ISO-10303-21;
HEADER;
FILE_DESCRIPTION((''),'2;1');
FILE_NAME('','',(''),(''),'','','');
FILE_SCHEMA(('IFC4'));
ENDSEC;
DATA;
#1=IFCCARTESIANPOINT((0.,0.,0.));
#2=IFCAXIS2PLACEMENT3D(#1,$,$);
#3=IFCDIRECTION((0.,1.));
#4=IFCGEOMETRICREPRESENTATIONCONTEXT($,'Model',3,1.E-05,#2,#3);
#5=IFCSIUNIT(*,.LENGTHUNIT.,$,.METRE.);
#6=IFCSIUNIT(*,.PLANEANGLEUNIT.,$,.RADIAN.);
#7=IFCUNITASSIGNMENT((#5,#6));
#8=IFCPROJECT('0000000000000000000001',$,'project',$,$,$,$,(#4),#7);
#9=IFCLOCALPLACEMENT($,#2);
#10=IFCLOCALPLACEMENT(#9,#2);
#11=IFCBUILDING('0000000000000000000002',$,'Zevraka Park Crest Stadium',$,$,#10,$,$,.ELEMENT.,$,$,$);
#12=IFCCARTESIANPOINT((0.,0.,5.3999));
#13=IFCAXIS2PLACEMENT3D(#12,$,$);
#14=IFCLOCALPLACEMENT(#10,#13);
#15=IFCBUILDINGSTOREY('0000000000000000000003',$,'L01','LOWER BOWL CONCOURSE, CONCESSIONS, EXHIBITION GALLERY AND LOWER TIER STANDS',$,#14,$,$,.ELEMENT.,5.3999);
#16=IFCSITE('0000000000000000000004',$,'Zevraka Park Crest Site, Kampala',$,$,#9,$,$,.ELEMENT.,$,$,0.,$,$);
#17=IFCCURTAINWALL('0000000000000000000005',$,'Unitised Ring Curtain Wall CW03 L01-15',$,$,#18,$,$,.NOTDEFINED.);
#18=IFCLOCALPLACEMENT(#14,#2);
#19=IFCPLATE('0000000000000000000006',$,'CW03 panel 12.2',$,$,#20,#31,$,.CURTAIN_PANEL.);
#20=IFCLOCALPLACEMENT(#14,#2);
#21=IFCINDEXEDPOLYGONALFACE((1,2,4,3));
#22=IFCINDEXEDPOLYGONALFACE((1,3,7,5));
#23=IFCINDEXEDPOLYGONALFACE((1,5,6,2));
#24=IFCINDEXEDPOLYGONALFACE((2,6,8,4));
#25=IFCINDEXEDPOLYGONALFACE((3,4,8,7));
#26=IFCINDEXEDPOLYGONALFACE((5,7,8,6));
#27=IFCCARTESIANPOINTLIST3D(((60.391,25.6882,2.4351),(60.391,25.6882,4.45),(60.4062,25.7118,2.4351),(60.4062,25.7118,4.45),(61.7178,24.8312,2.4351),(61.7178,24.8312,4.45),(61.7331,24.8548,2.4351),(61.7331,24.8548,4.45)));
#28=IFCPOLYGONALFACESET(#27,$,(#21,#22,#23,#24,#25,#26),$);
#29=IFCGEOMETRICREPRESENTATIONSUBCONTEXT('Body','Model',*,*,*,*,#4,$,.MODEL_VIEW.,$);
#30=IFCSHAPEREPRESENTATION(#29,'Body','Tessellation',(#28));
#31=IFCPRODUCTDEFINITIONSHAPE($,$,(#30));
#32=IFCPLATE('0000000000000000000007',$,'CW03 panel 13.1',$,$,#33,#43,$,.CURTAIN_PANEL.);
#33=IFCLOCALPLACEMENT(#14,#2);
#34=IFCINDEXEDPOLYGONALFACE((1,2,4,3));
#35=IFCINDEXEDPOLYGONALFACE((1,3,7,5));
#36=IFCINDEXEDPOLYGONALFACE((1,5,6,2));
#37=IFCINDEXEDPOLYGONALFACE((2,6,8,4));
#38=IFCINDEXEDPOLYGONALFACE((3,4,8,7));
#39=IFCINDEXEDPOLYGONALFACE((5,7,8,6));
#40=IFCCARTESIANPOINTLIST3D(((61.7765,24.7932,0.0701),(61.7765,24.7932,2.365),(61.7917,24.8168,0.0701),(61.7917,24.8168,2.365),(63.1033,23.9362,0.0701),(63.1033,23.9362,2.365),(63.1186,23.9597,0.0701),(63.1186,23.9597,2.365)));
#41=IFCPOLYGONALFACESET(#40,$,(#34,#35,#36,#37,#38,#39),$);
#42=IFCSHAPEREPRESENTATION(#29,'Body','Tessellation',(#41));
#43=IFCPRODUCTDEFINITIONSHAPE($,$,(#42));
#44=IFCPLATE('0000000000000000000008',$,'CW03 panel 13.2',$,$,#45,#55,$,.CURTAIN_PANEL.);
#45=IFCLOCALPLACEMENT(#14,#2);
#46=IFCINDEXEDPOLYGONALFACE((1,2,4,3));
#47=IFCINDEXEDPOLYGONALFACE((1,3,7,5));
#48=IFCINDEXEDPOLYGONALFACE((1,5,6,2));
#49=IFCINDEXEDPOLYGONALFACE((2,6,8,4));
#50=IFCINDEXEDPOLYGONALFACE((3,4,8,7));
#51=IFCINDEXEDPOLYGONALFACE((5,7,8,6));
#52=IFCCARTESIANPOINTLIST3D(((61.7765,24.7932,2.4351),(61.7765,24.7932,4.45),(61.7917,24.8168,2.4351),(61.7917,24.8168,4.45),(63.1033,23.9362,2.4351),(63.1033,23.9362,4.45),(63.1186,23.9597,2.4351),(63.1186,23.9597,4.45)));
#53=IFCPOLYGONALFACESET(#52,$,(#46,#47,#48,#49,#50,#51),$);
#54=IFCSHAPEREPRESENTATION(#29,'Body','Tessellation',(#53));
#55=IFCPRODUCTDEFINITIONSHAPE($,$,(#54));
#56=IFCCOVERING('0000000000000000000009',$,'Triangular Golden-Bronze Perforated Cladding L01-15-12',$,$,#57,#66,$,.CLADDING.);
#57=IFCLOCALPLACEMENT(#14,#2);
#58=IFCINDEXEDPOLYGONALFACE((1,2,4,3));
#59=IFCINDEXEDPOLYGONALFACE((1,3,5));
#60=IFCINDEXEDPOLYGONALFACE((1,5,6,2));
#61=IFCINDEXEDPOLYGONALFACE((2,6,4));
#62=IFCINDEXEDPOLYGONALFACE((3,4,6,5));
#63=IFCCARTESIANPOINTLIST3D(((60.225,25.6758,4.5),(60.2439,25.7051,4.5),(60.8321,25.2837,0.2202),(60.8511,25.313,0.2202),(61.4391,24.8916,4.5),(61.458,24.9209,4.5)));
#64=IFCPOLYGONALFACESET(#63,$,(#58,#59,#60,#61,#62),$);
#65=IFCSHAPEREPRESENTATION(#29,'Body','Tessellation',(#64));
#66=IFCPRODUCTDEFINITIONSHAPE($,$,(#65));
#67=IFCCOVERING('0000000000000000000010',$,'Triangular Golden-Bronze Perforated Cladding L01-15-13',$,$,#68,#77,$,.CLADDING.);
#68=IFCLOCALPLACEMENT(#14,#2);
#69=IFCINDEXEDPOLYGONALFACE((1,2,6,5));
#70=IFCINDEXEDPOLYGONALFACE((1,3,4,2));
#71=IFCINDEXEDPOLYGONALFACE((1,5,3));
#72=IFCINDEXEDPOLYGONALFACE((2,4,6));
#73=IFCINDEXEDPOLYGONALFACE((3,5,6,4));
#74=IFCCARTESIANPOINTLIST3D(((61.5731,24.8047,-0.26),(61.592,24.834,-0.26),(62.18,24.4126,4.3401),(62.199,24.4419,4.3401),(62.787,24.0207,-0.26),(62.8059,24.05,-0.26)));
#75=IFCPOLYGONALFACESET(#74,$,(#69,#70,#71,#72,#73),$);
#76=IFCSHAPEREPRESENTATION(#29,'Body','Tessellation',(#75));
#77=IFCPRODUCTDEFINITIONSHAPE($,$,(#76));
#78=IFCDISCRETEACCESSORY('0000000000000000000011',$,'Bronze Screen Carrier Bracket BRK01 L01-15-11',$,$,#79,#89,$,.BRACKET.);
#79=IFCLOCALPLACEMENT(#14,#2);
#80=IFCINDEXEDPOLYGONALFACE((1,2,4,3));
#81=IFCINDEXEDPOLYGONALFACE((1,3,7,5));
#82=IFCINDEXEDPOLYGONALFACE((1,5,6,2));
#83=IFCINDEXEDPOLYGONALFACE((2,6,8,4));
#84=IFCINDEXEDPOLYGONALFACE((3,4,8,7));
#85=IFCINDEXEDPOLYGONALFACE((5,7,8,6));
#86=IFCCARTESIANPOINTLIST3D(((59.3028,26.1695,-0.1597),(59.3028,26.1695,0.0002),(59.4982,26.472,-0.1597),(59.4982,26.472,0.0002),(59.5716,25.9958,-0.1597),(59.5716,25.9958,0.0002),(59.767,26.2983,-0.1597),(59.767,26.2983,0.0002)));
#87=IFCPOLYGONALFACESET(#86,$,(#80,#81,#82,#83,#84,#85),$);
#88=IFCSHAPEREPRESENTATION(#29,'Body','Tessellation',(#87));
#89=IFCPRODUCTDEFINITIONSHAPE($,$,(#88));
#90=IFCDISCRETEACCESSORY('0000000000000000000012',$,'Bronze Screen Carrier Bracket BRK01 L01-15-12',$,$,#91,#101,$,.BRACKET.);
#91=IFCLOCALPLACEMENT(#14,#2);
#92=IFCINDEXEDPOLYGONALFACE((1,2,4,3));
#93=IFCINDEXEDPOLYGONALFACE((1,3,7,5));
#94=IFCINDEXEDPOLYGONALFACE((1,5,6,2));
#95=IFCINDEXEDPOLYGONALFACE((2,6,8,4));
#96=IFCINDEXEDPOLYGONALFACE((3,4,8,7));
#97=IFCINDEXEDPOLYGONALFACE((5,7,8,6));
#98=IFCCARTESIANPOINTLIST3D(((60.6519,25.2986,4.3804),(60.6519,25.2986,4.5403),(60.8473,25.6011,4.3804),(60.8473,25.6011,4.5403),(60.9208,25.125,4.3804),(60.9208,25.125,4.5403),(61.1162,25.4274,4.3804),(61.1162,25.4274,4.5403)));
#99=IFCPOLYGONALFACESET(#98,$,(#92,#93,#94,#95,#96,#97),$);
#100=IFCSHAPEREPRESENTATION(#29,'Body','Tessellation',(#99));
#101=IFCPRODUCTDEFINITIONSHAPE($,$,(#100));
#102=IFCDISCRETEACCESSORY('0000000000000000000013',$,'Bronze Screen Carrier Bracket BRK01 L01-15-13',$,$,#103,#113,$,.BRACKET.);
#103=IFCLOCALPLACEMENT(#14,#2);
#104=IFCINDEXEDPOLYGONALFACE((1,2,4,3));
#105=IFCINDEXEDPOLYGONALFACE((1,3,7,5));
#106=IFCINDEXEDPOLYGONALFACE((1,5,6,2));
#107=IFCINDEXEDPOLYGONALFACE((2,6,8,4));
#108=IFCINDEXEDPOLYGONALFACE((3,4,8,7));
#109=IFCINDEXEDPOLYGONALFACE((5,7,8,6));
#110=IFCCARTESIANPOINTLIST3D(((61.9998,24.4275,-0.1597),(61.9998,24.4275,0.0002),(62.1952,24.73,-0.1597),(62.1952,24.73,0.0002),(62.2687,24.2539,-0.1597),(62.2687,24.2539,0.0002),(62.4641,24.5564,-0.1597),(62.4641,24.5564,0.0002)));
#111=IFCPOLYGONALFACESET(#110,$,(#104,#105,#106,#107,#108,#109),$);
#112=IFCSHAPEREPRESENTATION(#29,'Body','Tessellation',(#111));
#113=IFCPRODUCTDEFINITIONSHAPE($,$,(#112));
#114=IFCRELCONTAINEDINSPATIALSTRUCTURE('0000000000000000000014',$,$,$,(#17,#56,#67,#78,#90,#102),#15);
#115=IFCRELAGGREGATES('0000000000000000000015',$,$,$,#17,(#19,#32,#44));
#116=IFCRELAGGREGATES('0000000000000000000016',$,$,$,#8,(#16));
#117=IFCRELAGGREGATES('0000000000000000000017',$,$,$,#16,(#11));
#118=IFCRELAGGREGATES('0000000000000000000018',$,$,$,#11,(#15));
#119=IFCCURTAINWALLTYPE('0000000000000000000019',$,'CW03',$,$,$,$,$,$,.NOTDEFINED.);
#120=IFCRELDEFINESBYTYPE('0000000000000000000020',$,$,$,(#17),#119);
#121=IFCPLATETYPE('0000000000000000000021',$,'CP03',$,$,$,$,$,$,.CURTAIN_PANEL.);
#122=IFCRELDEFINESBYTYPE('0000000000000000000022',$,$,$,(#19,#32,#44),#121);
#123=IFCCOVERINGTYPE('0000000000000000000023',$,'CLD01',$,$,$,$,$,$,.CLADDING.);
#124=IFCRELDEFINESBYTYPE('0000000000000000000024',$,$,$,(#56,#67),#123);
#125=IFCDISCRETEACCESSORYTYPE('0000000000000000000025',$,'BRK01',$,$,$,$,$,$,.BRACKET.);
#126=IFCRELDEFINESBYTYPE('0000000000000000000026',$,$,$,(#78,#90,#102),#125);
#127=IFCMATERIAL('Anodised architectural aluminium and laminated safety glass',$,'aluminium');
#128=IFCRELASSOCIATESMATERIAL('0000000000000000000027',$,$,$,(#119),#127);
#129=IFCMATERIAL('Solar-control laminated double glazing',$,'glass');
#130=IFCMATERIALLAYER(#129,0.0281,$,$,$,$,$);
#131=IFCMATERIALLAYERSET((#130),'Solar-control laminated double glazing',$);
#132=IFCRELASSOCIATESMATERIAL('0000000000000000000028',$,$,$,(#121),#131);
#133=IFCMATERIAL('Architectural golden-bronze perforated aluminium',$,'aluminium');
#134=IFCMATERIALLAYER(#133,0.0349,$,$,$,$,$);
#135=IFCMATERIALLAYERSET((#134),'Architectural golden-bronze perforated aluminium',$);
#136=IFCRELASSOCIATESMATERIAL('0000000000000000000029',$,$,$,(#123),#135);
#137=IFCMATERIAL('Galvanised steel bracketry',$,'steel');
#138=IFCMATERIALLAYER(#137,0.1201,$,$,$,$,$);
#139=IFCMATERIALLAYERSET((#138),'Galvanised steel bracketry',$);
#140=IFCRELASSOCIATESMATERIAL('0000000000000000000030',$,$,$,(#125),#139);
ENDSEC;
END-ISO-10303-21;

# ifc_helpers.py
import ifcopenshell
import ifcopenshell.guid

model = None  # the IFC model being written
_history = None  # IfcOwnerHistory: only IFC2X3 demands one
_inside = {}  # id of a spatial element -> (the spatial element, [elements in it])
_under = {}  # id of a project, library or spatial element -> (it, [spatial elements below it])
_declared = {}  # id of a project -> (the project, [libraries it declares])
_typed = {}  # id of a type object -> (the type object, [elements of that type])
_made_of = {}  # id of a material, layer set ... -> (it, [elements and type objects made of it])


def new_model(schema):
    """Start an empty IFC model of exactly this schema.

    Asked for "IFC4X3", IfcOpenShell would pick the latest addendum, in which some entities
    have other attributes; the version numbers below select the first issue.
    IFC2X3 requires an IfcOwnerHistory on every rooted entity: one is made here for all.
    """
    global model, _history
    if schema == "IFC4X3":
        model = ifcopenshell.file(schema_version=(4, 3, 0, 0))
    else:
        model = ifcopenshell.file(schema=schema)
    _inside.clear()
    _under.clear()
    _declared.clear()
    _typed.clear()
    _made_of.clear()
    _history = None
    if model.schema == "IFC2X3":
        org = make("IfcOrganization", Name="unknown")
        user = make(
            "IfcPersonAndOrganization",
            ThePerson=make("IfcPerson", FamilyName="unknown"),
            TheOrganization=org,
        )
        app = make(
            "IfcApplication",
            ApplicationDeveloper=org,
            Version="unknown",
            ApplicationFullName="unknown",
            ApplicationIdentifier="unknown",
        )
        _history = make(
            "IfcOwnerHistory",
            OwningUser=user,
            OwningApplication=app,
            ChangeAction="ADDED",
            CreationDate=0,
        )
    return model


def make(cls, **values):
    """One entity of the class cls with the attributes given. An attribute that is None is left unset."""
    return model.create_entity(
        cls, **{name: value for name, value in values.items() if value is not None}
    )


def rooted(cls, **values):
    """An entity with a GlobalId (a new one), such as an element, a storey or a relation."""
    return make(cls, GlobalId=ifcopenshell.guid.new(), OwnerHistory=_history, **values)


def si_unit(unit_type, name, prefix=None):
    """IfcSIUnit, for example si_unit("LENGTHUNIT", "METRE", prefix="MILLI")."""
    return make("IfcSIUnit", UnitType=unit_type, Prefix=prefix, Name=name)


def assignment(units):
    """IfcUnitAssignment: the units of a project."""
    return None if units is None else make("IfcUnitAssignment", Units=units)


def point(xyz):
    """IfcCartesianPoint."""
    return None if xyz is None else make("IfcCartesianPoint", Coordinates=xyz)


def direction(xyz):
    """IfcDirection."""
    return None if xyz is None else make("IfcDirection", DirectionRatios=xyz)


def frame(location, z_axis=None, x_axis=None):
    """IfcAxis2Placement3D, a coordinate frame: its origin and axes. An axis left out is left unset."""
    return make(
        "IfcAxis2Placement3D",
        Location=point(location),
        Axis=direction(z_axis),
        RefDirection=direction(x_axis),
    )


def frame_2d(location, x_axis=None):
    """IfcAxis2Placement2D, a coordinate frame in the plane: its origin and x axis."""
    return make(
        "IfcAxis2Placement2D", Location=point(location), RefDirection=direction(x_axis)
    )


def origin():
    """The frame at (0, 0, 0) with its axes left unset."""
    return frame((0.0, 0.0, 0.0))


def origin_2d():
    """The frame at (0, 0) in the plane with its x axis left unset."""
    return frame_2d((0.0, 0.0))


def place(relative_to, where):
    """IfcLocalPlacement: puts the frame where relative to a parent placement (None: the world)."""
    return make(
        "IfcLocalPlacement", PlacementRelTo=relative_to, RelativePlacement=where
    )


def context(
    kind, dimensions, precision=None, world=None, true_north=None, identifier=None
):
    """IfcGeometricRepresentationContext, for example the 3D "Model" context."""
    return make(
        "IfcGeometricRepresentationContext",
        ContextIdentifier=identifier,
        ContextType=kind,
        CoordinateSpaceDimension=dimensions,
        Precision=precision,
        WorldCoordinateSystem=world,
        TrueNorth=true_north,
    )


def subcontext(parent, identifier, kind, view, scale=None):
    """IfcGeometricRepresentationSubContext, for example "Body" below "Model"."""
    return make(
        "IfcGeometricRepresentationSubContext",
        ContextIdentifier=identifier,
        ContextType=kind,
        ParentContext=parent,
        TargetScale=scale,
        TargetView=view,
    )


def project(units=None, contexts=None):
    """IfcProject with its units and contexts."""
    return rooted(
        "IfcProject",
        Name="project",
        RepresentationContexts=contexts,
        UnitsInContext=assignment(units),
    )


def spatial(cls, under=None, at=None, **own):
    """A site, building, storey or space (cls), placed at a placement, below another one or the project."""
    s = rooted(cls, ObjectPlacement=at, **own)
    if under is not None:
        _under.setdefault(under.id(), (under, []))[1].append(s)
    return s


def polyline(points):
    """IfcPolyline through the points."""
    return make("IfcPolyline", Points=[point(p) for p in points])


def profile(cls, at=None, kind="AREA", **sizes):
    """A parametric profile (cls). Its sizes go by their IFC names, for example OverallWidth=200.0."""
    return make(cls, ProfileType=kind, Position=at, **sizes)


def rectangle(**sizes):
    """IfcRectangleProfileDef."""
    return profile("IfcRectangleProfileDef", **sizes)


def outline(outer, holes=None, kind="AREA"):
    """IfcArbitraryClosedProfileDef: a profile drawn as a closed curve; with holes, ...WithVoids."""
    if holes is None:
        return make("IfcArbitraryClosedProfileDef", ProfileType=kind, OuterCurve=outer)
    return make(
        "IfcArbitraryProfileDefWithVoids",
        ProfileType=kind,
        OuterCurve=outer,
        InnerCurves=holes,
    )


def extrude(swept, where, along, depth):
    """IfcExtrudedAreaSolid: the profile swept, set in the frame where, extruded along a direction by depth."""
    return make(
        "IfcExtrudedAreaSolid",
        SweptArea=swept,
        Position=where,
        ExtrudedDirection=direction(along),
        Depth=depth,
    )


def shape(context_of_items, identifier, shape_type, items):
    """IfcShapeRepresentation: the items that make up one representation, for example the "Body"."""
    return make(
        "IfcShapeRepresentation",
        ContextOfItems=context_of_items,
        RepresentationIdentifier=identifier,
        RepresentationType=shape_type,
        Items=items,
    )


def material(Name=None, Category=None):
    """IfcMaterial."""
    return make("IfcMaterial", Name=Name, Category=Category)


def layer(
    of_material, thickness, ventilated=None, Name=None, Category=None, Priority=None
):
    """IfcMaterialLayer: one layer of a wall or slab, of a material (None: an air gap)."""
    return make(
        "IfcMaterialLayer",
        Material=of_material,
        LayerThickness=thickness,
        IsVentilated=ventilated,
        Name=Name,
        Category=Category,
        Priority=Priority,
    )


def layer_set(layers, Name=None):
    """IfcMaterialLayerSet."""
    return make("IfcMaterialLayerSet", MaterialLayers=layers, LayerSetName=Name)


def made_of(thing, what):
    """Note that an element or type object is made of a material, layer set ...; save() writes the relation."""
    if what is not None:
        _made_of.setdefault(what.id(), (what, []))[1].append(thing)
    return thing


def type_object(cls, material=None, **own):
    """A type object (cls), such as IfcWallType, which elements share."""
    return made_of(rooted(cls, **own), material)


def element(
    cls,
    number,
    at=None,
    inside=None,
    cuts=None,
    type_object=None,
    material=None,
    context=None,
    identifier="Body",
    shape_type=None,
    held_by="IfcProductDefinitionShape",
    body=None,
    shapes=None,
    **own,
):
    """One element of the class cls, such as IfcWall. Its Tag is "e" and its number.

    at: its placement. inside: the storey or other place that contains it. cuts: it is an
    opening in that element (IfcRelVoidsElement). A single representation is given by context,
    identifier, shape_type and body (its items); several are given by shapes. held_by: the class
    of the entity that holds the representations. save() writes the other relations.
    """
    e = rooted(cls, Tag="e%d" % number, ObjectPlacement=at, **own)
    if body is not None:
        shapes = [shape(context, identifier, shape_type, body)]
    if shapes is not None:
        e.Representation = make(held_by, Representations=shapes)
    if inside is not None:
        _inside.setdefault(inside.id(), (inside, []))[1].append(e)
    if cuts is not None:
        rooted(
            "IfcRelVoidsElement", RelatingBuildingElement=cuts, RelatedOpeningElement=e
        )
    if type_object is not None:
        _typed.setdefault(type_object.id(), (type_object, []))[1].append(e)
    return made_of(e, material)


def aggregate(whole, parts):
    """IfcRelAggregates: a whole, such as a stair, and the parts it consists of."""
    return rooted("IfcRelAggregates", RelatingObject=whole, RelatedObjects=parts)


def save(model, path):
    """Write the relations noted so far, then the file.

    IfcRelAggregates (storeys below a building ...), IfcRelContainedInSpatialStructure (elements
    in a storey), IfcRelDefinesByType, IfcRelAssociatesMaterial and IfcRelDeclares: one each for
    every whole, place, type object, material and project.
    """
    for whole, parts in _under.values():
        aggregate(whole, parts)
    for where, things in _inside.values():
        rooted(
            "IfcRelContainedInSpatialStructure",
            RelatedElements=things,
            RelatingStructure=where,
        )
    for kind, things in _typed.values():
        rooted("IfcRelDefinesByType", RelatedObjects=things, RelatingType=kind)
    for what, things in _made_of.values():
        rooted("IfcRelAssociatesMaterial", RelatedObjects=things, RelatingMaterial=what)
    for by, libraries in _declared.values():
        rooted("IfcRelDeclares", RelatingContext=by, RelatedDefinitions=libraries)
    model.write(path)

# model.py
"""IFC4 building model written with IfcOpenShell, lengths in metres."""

from ifc_helpers import new_model, si_unit, direction, frame, origin, origin_2d, place, context, subcontext, project, spatial, polyline, rectangle, outline, extrude, material, layer, layer_set, type_object, element, aggregate, save


model = new_model("IFC4")

# Units and contexts
model_context = context("Model", 3, precision=1e-05, world=origin(), true_north=direction((0.0, 1.0)))
body_context = subcontext(model_context, "Body", "Model", "MODEL_VIEW")
ifc_project = project(units=[si_unit("LENGTHUNIT", "METRE"), si_unit("PLANEANGLEUNIT", "RADIAN")], contexts=[model_context])

# Site, building, storey
site_placement = place(None, origin())
site = spatial("IfcSite", under=ifc_project, at=site_placement, Name="Zevraka Park Crest Site, Kampala", CompositionType="ELEMENT", RefElevation=0.0)
building_placement = place(site_placement, origin())
building = spatial("IfcBuilding", under=site, at=building_placement, Name="Zevraka Park Crest Stadium", CompositionType="ELEMENT")
storey_placement = place(building_placement, frame((0.0, 0.0, 5.3999)))
storey = spatial("IfcBuildingStorey", under=building, at=storey_placement, Name="L01", Description="LOWER BOWL CONCOURSE, CONCESSIONS, EXHIBITION GALLERY AND LOWER TIER STANDS", CompositionType="ELEMENT", Elevation=5.3999)

# Curtain wall, plates
ifc_material_1 = material(Name="Anodised architectural aluminium and laminated safety glass", Category="aluminium")
curtain_wall_type = type_object("IfcCurtainWallType", Name="CW03", PredefinedType="NOTDEFINED", material=ifc_material_1)
curtain_wall_placement = place(storey_placement, origin())
curtain_wall = element("IfcCurtainWall", 1, at=curtain_wall_placement, inside=storey, type_object=curtain_wall_type, Name="Unitised Ring Curtain Wall CW03 L01-15", PredefinedType="NOTDEFINED")
ifc_material_2 = material(Name="Solar-control laminated double glazing", Category="glass")
ifc_layer_1 = layer(ifc_material_2, 0.0281)
ifc_layer_set_1 = layer_set([ifc_layer_1], Name="Solar-control laminated double glazing")
plate_type = type_object("IfcPlateType", Name="CP03", PredefinedType="CURTAIN_PANEL", material=ifc_layer_set_1)
plate_1_placement = place(storey_placement, frame((61.062, 25.2715, 2.4351), z_axis=(0.0, 0.0, 1.0), x_axis=(0.84001, -0.542571, 0.0)))
plate_1 = element("IfcPlate", 2, at=plate_1_placement, type_object=plate_type, Name="CW03 panel 12.2", PredefinedType="CURTAIN_PANEL", context=body_context, shape_type="SweptSolid", body=[
    extrude(rectangle(XDim=1.5796, YDim=0.0281, at=origin_2d()), origin(), (0.0, 0.0, 1.0), 2.0149),
])
plate_2_placement = place(storey_placement, frame((62.4475, 24.3765, 0.0701), z_axis=(0.0, 0.0, 1.0), x_axis=(0.84001, -0.542571, 0.0)))
plate_2 = element("IfcPlate", 3, at=plate_2_placement, type_object=plate_type, Name="CW03 panel 13.1", PredefinedType="CURTAIN_PANEL", context=body_context, shape_type="SweptSolid", body=[
    extrude(rectangle(XDim=1.5796, YDim=0.0281, at=origin_2d()), origin(), (0.0, 0.0, 1.0), 2.2949),
])
plate_3_placement = place(storey_placement, frame((62.4475, 24.3765, 2.4351), z_axis=(0.0, 0.0, 1.0), x_axis=(0.84001, -0.542571, 0.0)))
plate_3 = element("IfcPlate", 4, at=plate_3_placement, type_object=plate_type, Name="CW03 panel 13.2", PredefinedType="CURTAIN_PANEL", context=body_context, shape_type="SweptSolid", body=[
    extrude(rectangle(XDim=1.5796, YDim=0.0281, at=origin_2d()), origin(), (0.0, 0.0, 1.0), 2.0149),
])
aggregate(curtain_wall, [plate_1, plate_2, plate_3])

# Coverings
ifc_material_3 = material(Name="Architectural golden-bronze perforated aluminium", Category="aluminium")
ifc_layer_2 = layer(ifc_material_3, 0.0349)
ifc_layer_set_2 = layer_set([ifc_layer_2], Name="Architectural golden-bronze perforated aluminium")
covering_type = type_object("IfcCoveringType", Name="CLD01", PredefinedType="CLADDING", material=ifc_layer_set_2)
covering_1_placement = place(storey_placement, frame((61.458, 24.9209, 4.5), z_axis=(0.542558, 0.840019, 0.000015), x_axis=(-0.840019, 0.542558, 0.0)))
element("IfcCovering", 5, at=covering_1_placement, inside=storey, type_object=covering_type, Name="Triangular Golden-Bronze Perforated Cladding L01-15-12", PredefinedType="CLADDING", context=body_context, shape_type="SweptSolid", body=[
    extrude(outline(polyline([(0.0, 0.0), (1.4453, 0.0), (0.7226, -4.2798), (0.0, 0.0)])), origin(), (0.0, 0.0, -1.0), 0.0349),
])
covering_2_placement = place(storey_placement, frame((61.592, 24.834, -0.26), z_axis=(0.542515, 0.840046, 0.000022), x_axis=(0.840046, -0.542515, 0.0)))
element("IfcCovering", 6, at=covering_2_placement, inside=storey, type_object=covering_type, Name="Triangular Golden-Bronze Perforated Cladding L01-15-13", PredefinedType="CLADDING", context=body_context, shape_type="SweptSolid", body=[
    extrude(outline(polyline([(0.0, 0.0), (1.445, 0.0), (0.7226, -4.6001), (0.0, 0.0)])), origin(), (0.0, 0.0, -1.0), 0.0349),
])

# Discrete accessories
ifc_material_4 = material(Name="Galvanised steel bracketry", Category="steel")
ifc_layer_3 = layer(ifc_material_4, 0.1201)
ifc_layer_set_3 = layer_set([ifc_layer_3], Name="Galvanised steel bracketry")
discrete_accessory_type = type_object("IfcDiscreteAccessoryType", Name="BRK01", PredefinedType="BRACKET", material=ifc_layer_set_3)
for number, where, z_axis, x_axis, name in (
    (7, (59.5349, 26.2339, -0.1597), (0.0, 0.0, 1.0), (0.839999, -0.542588, 0.0), "Bronze Screen Carrier Bracket BRK01 L01-15-11"),
    (8, (60.884, 25.363, 4.3804), (0.0, 0.0, 1.0), (0.839999, -0.542588, 0.0), "Bronze Screen Carrier Bracket BRK01 L01-15-12"),
    (9, (62.2319, 24.4919, -0.1597), (0.0, 0.0, 1.0), (0.839999, -0.542588, 0.0), "Bronze Screen Carrier Bracket BRK01 L01-15-13"),
):
    element("IfcDiscreteAccessory", number, at=place(storey_placement, frame(where, z_axis=z_axis, x_axis=x_axis)), inside=storey, type_object=discrete_accessory_type, Name=name, PredefinedType="BRACKET", context=body_context, shape_type="SweptSolid", body=[
        extrude(rectangle(XDim=0.3201, YDim=0.3601, at=origin_2d()), origin(), (0.0, 0.0, 1.0), 0.1599),
    ])

save(model, "model.ifc")
